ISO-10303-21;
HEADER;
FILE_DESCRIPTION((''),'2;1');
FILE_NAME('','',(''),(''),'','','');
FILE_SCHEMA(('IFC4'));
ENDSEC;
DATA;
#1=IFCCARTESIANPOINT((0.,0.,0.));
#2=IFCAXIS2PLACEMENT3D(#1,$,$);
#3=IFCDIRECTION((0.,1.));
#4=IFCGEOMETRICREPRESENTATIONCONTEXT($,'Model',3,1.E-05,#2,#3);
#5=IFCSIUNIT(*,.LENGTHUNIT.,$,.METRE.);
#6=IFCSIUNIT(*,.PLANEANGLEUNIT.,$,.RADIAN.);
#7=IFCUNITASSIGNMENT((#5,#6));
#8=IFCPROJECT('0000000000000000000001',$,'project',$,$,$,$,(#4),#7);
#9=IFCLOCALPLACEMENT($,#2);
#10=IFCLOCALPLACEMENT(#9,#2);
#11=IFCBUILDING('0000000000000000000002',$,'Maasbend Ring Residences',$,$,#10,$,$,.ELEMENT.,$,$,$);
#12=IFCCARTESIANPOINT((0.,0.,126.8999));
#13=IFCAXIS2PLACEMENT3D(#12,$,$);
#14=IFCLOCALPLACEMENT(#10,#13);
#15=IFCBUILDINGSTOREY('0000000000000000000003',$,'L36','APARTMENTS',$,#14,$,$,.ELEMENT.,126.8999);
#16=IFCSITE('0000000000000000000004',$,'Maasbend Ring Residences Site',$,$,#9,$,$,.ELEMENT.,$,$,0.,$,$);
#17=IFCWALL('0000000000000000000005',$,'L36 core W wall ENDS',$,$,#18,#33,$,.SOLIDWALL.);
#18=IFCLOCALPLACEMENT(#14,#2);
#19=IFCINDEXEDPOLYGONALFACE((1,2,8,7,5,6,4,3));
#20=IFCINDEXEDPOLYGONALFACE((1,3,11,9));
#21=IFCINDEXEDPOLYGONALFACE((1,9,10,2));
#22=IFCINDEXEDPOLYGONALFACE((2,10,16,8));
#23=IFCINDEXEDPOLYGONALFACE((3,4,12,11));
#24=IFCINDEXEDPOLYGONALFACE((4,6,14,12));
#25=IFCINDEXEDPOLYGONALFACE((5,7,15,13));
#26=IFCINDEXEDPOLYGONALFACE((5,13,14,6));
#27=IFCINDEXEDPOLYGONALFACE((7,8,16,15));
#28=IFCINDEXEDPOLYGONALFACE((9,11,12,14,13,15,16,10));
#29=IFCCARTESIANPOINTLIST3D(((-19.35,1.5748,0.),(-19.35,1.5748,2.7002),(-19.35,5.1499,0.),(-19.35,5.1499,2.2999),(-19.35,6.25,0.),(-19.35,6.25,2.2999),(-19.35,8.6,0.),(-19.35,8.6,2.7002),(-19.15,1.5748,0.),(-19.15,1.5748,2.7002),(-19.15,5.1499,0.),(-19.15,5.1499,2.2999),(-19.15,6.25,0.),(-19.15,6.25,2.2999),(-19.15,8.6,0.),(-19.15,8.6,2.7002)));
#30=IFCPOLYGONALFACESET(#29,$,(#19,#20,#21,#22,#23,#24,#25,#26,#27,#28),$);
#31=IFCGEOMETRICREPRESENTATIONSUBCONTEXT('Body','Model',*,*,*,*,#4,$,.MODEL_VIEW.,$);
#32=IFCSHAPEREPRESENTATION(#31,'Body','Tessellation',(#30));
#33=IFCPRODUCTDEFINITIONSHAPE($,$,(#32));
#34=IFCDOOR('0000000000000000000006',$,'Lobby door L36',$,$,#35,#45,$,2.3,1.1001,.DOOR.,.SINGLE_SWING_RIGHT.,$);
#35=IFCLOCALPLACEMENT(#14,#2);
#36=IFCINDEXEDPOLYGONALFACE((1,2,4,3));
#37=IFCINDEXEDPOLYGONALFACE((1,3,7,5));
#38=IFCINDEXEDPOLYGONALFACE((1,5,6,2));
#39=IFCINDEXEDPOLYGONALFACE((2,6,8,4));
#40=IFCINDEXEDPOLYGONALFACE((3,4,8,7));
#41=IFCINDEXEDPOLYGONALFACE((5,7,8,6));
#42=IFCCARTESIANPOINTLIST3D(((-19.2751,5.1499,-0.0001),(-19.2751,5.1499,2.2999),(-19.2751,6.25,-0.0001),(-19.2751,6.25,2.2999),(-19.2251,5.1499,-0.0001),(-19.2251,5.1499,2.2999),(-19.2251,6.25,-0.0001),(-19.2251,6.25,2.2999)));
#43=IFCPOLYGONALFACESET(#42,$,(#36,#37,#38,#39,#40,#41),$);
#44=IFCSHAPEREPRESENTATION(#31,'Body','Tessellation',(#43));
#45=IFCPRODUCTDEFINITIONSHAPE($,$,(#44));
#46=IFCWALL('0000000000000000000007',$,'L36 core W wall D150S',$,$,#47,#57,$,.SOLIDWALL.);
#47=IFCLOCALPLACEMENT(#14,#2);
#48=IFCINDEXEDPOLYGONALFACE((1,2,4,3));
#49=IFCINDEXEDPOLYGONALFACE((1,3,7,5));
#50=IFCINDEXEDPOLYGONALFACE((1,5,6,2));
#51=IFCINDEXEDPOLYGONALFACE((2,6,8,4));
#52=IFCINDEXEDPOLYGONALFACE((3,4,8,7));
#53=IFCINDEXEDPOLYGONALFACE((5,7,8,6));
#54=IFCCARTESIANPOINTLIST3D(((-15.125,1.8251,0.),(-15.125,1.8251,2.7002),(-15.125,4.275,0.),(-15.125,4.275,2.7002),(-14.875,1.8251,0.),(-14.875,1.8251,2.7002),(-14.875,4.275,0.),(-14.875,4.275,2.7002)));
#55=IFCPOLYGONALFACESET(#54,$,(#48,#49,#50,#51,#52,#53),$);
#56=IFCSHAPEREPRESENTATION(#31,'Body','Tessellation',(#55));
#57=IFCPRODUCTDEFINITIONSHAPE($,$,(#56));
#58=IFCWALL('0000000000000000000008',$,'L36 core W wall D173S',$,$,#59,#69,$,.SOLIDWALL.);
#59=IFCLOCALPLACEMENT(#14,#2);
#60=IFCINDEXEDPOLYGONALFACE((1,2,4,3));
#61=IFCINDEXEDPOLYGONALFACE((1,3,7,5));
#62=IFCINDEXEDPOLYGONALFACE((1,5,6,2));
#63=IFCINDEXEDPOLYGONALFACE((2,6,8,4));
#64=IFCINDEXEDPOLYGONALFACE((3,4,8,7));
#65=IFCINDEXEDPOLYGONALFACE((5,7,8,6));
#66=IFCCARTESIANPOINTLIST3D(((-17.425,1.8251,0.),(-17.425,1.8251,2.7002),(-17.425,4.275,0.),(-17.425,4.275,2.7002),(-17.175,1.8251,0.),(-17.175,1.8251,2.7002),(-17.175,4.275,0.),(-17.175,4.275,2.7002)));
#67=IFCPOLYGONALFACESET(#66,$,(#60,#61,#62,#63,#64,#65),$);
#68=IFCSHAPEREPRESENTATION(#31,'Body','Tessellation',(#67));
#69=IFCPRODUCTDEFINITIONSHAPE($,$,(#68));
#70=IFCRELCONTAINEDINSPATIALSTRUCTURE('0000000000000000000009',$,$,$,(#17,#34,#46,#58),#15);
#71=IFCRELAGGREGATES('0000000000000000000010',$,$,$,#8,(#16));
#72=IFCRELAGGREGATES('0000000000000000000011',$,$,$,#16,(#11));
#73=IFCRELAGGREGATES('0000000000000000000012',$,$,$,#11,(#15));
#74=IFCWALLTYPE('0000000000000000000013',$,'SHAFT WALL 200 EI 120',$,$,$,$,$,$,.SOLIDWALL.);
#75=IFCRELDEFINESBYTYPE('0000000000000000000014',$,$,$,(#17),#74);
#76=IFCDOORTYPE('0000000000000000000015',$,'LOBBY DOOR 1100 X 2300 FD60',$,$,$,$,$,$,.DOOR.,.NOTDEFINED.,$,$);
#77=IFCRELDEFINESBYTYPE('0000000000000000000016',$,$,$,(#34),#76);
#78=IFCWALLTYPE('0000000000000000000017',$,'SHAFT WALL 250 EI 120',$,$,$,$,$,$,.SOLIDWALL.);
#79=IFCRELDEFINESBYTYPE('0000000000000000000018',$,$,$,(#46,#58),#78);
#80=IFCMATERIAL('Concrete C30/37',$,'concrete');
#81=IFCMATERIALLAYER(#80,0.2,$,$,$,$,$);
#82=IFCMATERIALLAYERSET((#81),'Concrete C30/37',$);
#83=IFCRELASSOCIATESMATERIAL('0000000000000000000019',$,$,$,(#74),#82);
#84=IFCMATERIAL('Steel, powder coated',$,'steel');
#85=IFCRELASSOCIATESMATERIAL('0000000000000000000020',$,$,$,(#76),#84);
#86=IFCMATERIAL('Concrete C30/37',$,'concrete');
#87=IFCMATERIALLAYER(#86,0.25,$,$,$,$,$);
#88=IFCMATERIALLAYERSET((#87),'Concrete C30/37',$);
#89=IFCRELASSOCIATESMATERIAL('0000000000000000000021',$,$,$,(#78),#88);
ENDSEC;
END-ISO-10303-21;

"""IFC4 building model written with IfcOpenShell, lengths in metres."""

from ifc_helpers import new_model, si_unit, direction, frame, frame_2d, origin, place, context, subcontext, project, spatial, rectangle, extrude, material, layer, layer_set, type_object, element, fill, save


model = new_model("IFC4")

# Units and contexts
model_context = context("Model", 3, precision=1e-05, world=origin(), true_north=direction((0.0, 1.0)))
body_context = subcontext(model_context, "Body", "Model", "MODEL_VIEW")
ifc_project = project(units=[si_unit("LENGTHUNIT", "METRE"), si_unit("PLANEANGLEUNIT", "RADIAN")], contexts=[model_context])

# Site, building, storey
site_placement = place(None, origin())
site = spatial("IfcSite", under=ifc_project, at=site_placement, Name="Maasbend Ring Residences Site", CompositionType="ELEMENT", RefElevation=0.0)
building_placement = place(site_placement, origin())
building = spatial("IfcBuilding", under=site, at=building_placement, Name="Maasbend Ring Residences", CompositionType="ELEMENT")
storey_placement = place(building_placement, frame((0.0, 0.0, 126.8999)))
storey = spatial("IfcBuildingStorey", under=building, at=storey_placement, Name="L36", Description="APARTMENTS", CompositionType="ELEMENT", Elevation=126.8999)

# Wall, opening, door
ifc_material_1 = material(Name="Concrete C30/37", Category="concrete")
ifc_layer_1 = layer(ifc_material_1, 0.2)
ifc_layer_set_1 = layer_set([ifc_layer_1], Name="Concrete C30/37")
wall_type_1 = type_object("IfcWallType", Name="SHAFT WALL 200 EI 120", PredefinedType="SOLIDWALL", material=ifc_layer_set_1)
wall_1_placement = place(storey_placement, frame((-19.25, 8.6001, 0.0), z_axis=(0.0, 0.0, 1.0), x_axis=(0.0, -1.0, 0.0)))
wall_1 = element("IfcWall", 1, at=wall_1_placement, inside=storey, type_object=wall_type_1, Name="L36 core W wall ENDS", PredefinedType="SOLIDWALL", context=body_context, shape_type="SweptSolid", body=[
    extrude(rectangle(XDim=7.0251, YDim=0.2, at=frame_2d((3.5127, 0.0))), origin(), (0.0, 0.0, 1.0), 2.7002),
])
opening_1_placement = place(wall_1_placement, frame((2.3501, 0.0, 0.0)))
opening_1 = element("IfcOpeningElement", 2, at=opening_1_placement, cuts=wall_1, PredefinedType="OPENING", context=body_context, shape_type="SweptSolid", body=[
    extrude(rectangle(XDim=1.1001, YDim=2.3, at=frame_2d((0.55, 1.1499))), frame((0.0, 0.1099, 0.0), z_axis=(0.0, -1.0, 0.0), x_axis=(1.0, 0.0, 0.0)), (0.0, 0.0, 1.0), 0.22),
])
ifc_material_2 = material(Name="Steel, powder coated", Category="steel")
door_type_1 = type_object("IfcDoorType", Name="LOBBY DOOR 1100 X 2300 FD60", OperationType="NOTDEFINED", PredefinedType="DOOR", material=ifc_material_2)
door_1_placement = place(opening_1_placement, origin())
door_1 = element("IfcDoor", 3, at=door_1_placement, inside=storey, type_object=door_type_1, Name="Lobby door L36", OperationType="SINGLE_SWING_RIGHT", OverallHeight=2.3, OverallWidth=1.1001, PredefinedType="DOOR", context=body_context, shape_type="SweptSolid", body=[
    extrude(rectangle(XDim=1.1001, YDim=2.3, at=frame_2d((0.55, 1.1499))), frame((0.0, 0.0249, 0.0), z_axis=(0.0, -1.0, 0.0), x_axis=(1.0, 0.0, 0.0)), (0.0, 0.0, 1.0), 0.05),
])
fill(opening_1, door_1)

# Walls
ifc_material_3 = material(Name="Concrete C30/37", Category="concrete")
ifc_layer_2 = layer(ifc_material_3, 0.25)
ifc_layer_set_2 = layer_set([ifc_layer_2], Name="Concrete C30/37")
wall_type_2 = type_object("IfcWallType", Name="SHAFT WALL 250 EI 120", PredefinedType="SOLIDWALL", material=ifc_layer_set_2)
for number, where, z_axis, x_axis, name in (
    (4, (-15.0, 1.825, 0.0), (0.0, 0.0, 1.0), (0.0, 1.0, 0.0), "L36 core W wall D150S"),
    (5, (-17.3, 1.825, 0.0), (0.0, 0.0, 1.0), (0.0, 1.0, 0.0), "L36 core W wall D173S"),
):
    element("IfcWall", number, at=place(storey_placement, frame(where, z_axis=z_axis, x_axis=x_axis)), inside=storey, type_object=wall_type_2, Name=name, PredefinedType="SOLIDWALL", context=body_context, shape_type="SweptSolid", body=[
        extrude(rectangle(XDim=2.45, YDim=0.25, at=frame_2d((1.2251, 0.0))), origin(), (0.0, 0.0, 1.0), 2.7002),
    ])

save(model, "model.ifc")
